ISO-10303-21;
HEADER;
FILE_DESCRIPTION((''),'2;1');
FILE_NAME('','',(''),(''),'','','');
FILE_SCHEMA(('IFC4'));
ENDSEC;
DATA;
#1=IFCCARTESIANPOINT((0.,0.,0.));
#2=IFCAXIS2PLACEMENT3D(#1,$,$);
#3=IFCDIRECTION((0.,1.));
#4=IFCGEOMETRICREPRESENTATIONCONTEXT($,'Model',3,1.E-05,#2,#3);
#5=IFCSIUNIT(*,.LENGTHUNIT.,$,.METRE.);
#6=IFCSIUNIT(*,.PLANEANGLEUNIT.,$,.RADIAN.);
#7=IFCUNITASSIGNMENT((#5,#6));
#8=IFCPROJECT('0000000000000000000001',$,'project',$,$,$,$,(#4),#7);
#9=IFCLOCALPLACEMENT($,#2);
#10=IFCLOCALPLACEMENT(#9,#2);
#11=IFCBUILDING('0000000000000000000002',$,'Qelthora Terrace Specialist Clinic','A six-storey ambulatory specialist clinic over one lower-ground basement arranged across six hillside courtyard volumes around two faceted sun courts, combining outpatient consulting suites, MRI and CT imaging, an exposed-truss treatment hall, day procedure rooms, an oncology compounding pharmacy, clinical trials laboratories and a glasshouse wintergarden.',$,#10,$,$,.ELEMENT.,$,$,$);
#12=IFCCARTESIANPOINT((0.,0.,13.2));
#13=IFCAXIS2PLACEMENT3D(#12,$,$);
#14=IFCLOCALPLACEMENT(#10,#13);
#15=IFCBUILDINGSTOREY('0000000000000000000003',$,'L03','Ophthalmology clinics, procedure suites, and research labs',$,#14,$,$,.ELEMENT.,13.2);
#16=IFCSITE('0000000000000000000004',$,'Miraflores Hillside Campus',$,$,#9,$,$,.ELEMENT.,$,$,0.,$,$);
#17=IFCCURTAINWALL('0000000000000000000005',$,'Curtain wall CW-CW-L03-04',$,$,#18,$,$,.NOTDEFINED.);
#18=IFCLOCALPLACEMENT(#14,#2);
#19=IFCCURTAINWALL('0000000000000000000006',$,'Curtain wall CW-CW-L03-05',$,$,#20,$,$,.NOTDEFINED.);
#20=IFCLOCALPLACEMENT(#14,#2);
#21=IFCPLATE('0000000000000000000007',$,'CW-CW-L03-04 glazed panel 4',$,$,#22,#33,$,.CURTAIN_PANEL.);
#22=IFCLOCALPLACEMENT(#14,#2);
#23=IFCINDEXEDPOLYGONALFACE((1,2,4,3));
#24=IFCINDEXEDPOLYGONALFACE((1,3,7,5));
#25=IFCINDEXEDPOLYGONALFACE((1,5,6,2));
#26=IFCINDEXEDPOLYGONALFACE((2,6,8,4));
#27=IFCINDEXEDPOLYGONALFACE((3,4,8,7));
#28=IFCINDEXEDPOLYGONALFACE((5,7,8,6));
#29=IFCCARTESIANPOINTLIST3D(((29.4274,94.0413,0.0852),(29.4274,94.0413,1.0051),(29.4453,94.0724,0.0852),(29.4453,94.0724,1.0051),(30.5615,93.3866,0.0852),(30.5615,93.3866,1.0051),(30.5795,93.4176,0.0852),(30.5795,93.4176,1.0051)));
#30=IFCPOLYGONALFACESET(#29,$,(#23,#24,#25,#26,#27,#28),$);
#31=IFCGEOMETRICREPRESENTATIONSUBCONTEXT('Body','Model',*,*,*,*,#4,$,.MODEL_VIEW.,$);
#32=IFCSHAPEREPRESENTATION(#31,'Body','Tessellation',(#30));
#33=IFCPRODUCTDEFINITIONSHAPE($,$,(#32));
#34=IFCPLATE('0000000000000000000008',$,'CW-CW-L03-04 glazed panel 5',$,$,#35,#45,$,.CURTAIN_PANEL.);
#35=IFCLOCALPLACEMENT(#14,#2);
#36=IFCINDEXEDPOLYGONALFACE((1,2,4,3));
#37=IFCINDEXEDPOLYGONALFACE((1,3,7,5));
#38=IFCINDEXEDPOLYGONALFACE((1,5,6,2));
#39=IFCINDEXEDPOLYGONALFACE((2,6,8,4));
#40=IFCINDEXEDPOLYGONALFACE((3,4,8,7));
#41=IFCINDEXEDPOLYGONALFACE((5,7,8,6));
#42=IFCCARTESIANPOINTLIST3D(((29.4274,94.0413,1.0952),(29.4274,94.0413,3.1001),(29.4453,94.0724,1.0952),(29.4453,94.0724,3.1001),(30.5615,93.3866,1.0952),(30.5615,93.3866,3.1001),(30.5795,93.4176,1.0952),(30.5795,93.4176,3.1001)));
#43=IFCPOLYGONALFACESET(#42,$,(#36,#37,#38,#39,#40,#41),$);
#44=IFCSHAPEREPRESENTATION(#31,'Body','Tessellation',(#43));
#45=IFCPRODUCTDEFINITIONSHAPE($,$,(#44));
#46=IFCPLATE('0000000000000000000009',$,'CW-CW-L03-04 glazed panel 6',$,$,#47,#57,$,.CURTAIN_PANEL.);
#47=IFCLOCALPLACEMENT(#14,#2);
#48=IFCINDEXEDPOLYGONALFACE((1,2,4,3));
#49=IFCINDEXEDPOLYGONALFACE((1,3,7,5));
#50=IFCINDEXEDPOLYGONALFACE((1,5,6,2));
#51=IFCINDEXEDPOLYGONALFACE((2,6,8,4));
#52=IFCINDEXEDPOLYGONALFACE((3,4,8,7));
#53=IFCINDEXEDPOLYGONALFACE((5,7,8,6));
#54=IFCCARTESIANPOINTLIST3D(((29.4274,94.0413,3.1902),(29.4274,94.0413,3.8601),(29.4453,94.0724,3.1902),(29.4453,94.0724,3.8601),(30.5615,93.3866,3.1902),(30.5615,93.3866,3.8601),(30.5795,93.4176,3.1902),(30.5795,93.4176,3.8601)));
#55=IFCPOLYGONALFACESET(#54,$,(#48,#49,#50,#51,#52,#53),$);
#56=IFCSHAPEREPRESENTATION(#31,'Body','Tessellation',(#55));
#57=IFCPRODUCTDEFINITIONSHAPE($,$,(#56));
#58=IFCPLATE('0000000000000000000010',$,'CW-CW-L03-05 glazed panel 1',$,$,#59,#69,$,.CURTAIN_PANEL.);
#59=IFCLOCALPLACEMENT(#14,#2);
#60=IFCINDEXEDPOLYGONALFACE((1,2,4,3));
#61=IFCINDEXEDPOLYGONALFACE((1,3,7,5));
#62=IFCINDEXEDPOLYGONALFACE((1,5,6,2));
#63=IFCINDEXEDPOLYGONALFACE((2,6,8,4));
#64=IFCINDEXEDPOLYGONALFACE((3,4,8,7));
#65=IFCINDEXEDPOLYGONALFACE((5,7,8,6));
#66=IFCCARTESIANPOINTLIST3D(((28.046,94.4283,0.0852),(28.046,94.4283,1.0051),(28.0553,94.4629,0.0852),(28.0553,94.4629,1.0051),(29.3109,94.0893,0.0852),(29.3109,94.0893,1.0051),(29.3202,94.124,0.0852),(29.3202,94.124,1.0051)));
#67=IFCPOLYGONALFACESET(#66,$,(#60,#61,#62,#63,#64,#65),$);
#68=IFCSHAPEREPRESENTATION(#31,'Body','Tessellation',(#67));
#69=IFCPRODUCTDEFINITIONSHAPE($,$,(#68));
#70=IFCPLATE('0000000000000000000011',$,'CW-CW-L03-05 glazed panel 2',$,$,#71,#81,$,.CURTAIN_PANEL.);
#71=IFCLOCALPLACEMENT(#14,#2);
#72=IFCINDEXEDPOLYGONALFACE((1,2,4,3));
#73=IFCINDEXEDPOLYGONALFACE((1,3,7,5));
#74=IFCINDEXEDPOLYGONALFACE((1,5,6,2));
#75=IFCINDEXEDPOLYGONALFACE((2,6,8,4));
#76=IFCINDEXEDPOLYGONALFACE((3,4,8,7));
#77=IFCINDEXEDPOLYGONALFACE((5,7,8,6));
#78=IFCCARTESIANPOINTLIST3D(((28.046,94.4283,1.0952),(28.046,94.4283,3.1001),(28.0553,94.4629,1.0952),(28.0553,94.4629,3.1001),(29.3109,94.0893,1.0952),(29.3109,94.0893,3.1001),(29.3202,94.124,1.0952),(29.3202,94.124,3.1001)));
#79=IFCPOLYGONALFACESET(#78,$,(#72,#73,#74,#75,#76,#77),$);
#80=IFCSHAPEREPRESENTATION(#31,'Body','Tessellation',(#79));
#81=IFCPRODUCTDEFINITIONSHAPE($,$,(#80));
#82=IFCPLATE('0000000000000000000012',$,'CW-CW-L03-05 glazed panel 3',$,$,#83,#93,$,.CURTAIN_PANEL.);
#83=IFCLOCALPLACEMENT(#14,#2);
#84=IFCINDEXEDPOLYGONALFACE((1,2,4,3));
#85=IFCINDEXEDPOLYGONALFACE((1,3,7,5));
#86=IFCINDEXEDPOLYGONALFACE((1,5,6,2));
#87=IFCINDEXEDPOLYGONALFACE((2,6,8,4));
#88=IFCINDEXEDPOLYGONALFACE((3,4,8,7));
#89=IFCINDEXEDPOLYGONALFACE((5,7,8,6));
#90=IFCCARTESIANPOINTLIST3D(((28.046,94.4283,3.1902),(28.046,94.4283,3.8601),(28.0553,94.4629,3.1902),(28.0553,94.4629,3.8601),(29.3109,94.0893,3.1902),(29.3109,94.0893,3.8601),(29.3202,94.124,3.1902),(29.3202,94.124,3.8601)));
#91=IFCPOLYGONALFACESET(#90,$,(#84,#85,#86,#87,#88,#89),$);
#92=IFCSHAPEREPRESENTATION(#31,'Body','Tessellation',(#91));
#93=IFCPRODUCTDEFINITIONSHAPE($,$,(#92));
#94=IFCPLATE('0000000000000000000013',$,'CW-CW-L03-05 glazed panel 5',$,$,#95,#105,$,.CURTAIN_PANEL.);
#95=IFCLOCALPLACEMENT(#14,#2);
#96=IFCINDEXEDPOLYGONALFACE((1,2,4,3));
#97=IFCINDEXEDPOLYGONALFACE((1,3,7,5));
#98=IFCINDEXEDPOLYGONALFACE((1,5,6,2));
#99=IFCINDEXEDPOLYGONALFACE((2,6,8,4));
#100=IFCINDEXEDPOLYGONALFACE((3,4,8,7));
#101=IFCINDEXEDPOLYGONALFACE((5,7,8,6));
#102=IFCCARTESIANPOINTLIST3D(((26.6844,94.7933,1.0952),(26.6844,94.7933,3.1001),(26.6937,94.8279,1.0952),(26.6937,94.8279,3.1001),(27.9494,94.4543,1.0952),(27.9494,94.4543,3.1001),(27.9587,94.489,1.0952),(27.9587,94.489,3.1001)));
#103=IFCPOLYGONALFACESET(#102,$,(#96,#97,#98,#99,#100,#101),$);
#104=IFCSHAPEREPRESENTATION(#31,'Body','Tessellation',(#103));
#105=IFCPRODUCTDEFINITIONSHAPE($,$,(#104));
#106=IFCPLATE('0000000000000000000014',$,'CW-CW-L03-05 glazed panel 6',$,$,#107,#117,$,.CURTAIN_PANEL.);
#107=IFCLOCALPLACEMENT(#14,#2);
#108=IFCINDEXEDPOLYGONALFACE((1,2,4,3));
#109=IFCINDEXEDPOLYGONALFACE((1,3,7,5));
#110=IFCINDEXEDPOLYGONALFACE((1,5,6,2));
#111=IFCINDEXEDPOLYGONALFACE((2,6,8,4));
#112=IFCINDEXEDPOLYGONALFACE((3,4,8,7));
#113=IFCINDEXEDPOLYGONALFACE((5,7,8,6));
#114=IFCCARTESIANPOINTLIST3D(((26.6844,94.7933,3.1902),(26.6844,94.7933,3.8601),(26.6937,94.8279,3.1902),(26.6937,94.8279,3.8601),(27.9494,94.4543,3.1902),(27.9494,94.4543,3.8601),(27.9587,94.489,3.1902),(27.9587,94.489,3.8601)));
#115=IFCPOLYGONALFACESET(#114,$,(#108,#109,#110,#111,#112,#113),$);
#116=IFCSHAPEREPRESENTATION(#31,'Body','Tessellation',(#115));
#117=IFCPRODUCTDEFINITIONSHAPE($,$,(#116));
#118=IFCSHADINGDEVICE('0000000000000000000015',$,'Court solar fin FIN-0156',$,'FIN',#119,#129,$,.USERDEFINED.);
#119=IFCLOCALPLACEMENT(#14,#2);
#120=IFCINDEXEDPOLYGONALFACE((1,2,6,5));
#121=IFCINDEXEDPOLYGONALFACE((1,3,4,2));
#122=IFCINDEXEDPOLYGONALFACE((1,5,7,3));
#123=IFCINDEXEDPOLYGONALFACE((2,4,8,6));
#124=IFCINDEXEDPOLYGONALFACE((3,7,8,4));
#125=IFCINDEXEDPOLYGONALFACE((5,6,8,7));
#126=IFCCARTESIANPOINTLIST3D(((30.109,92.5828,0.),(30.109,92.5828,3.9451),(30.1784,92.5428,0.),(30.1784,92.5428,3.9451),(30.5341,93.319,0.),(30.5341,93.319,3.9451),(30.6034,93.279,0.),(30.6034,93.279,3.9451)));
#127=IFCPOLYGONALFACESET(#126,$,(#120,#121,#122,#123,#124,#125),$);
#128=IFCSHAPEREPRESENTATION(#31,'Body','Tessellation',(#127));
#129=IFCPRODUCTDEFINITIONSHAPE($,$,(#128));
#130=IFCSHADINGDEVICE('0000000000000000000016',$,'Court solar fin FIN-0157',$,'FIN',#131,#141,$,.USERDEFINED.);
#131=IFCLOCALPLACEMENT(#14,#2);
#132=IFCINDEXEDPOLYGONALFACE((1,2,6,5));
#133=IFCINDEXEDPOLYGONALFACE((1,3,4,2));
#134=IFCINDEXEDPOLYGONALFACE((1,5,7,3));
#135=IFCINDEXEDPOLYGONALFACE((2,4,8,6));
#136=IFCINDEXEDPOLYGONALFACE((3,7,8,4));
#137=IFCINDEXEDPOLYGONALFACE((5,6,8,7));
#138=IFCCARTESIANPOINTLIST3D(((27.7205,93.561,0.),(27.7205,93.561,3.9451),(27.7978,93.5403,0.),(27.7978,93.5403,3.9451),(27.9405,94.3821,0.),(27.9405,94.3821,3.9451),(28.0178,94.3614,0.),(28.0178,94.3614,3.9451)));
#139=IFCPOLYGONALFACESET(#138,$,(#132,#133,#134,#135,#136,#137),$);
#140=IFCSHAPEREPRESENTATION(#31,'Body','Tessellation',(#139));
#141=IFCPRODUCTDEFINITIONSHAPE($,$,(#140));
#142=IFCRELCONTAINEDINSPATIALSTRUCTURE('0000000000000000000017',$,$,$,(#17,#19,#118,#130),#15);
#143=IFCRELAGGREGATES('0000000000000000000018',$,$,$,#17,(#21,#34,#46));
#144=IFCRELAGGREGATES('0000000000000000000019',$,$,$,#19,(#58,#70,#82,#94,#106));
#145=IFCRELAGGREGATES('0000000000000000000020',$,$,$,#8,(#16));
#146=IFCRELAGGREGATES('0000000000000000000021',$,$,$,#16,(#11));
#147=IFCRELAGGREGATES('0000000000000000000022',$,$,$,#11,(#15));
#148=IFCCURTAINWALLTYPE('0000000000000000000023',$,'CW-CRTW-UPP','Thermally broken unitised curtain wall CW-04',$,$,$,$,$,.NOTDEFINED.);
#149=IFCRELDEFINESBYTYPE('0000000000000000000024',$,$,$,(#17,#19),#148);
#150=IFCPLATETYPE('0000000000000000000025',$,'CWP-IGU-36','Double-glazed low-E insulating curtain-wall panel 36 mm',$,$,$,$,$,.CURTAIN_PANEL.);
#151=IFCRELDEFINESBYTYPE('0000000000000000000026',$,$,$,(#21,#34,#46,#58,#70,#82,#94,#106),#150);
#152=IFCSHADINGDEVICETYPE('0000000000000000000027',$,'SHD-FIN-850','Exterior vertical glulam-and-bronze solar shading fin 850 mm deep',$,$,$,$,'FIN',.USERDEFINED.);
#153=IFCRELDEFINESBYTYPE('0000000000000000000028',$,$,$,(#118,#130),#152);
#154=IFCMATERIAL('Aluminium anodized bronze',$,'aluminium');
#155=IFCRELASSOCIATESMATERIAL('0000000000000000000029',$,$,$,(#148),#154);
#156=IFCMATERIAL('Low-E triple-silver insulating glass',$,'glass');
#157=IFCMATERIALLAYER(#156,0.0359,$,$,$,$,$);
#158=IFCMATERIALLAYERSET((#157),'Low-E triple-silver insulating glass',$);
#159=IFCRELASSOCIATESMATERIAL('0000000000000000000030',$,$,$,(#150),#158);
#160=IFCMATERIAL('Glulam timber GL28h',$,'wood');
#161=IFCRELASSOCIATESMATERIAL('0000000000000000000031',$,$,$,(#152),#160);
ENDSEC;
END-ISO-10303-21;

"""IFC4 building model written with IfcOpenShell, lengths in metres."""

from ifc_helpers import new_model, si_unit, direction, frame, origin, origin_2d, place, context, subcontext, project, spatial, rectangle, extrude, material, layer, layer_set, type_object, element, aggregate, save


model = new_model("IFC4")

# Units and contexts
model_context = context("Model", 3, precision=1e-05, world=origin(), true_north=direction((0.0, 1.0)))
body_context = subcontext(model_context, "Body", "Model", "MODEL_VIEW")
ifc_project = project(units=[si_unit("LENGTHUNIT", "METRE"), si_unit("PLANEANGLEUNIT", "RADIAN")], contexts=[model_context])

# Site, building, storey
site_placement = place(None, origin())
site = spatial("IfcSite", under=ifc_project, at=site_placement, Name="Miraflores Hillside Campus", CompositionType="ELEMENT", RefElevation=0.0)
building_placement = place(site_placement, origin())
building = spatial("IfcBuilding", under=site, at=building_placement, Name="Qelthora Terrace Specialist Clinic", Description="A six-storey ambulatory specialist clinic over one lower-ground basement arranged across six hillside courtyard volumes around two faceted sun courts, combining outpatient consulting suites, MRI and CT imaging, an exposed-truss treatment hall, day procedure rooms, an oncology compounding pharmacy, clinical trials laboratories and a glasshouse wintergarden.", CompositionType="ELEMENT")
storey_placement = place(building_placement, frame((0.0, 0.0, 13.2)))
storey = spatial("IfcBuildingStorey", under=building, at=storey_placement, Name="L03", Description="Ophthalmology clinics, procedure suites, and research labs", CompositionType="ELEMENT", Elevation=13.2)

# Curtain walls
ifc_material_1 = material(Name="Aluminium anodized bronze", Category="aluminium")
curtain_wall_type = type_object("IfcCurtainWallType", Name="CW-CRTW-UPP", Description="Thermally broken unitised curtain wall CW-04", PredefinedType="NOTDEFINED", material=ifc_material_1)
curtain_wall_1_placement = place(storey_placement, origin())
curtain_wall_1 = element("IfcCurtainWall", 1, at=curtain_wall_1_placement, inside=storey, type_object=curtain_wall_type, Name="Curtain wall CW-CW-L03-04", PredefinedType="NOTDEFINED")
curtain_wall_2_placement = place(storey_placement, origin())
curtain_wall_2 = element("IfcCurtainWall", 2, at=curtain_wall_2_placement, inside=storey, type_object=curtain_wall_type, Name="Curtain wall CW-CW-L03-05", PredefinedType="NOTDEFINED")

# Plates
ifc_material_2 = material(Name="Low-E triple-silver insulating glass", Category="glass")
ifc_layer = layer(ifc_material_2, 0.0359)
ifc_layer_set = layer_set([ifc_layer], Name="Low-E triple-silver insulating glass")
plate_type = type_object("IfcPlateType", Name="CWP-IGU-36", Description="Double-glazed low-E insulating curtain-wall panel 36 mm", PredefinedType="CURTAIN_PANEL", material=ifc_layer_set)
plate_1_placement = place(storey_placement, frame((30.0034, 93.7295, 0.0852), z_axis=(0.0, 0.0, 1.0), x_axis=(-0.866025, 0.5, 0.0)))
plate_1 = element("IfcPlate", 3, at=plate_1_placement, type_object=plate_type, Name="CW-CW-L03-04 glazed panel 4", PredefinedType="CURTAIN_PANEL", context=body_context, shape_type="SweptSolid", body=[
    extrude(rectangle(XDim=1.3096, YDim=0.0359, at=origin_2d()), origin(), (0.0, 0.0, 1.0), 0.9199),
])
plate_2_placement = place(storey_placement, frame((30.0034, 93.7295, 1.0952), z_axis=(0.0, 0.0, 1.0), x_axis=(-0.866025, 0.5, 0.0)))
plate_2 = element("IfcPlate", 4, at=plate_2_placement, type_object=plate_type, Name="CW-CW-L03-04 glazed panel 5", PredefinedType="CURTAIN_PANEL", context=body_context, shape_type="SweptSolid", body=[
    extrude(rectangle(XDim=1.3096, YDim=0.0359, at=origin_2d()), origin(), (0.0, 0.0, 1.0), 2.0049),
])
plate_3_placement = place(storey_placement, frame((30.0034, 93.7295, 3.1902), z_axis=(0.0, 0.0, 1.0), x_axis=(-0.866025, 0.5, 0.0)))
plate_3 = element("IfcPlate", 5, at=plate_3_placement, type_object=plate_type, Name="CW-CW-L03-04 glazed panel 6", PredefinedType="CURTAIN_PANEL", context=body_context, shape_type="SweptSolid", body=[
    extrude(rectangle(XDim=1.3096, YDim=0.0359, at=origin_2d()), origin(), (0.0, 0.0, 1.0), 0.6699),
])
aggregate(curtain_wall_1, [plate_1, plate_2, plate_3])
plate_4_placement = place(storey_placement, frame((28.6831, 94.2761, 0.0852), z_axis=(0.0, 0.0, 1.0), x_axis=(-0.965925, 0.258821, 0.0)))
plate_4 = element("IfcPlate", 6, at=plate_4_placement, type_object=plate_type, Name="CW-CW-L03-05 glazed panel 1", PredefinedType="CURTAIN_PANEL", context=body_context, shape_type="SweptSolid", body=[
    extrude(rectangle(XDim=1.3096, YDim=0.0359, at=origin_2d()), origin(), (0.0, 0.0, 1.0), 0.9199),
])
plate_5_placement = place(storey_placement, frame((28.6831, 94.2761, 1.0952), z_axis=(0.0, 0.0, 1.0), x_axis=(-0.965925, 0.258821, 0.0)))
plate_5 = element("IfcPlate", 7, at=plate_5_placement, type_object=plate_type, Name="CW-CW-L03-05 glazed panel 2", PredefinedType="CURTAIN_PANEL", context=body_context, shape_type="SweptSolid", body=[
    extrude(rectangle(XDim=1.3096, YDim=0.0359, at=origin_2d()), origin(), (0.0, 0.0, 1.0), 2.0049),
])
plate_6_placement = place(storey_placement, frame((28.6831, 94.2761, 3.1902), z_axis=(0.0, 0.0, 1.0), x_axis=(-0.965925, 0.258821, 0.0)))
plate_6 = element("IfcPlate", 8, at=plate_6_placement, type_object=plate_type, Name="CW-CW-L03-05 glazed panel 3", PredefinedType="CURTAIN_PANEL", context=body_context, shape_type="SweptSolid", body=[
    extrude(rectangle(XDim=1.3096, YDim=0.0359, at=origin_2d()), origin(), (0.0, 0.0, 1.0), 0.6699),
])
plate_7_placement = place(storey_placement, frame((27.3215, 94.6411, 1.0952), z_axis=(0.0, 0.0, 1.0), x_axis=(-0.965925, 0.258821, 0.0)))
plate_7 = element("IfcPlate", 9, at=plate_7_placement, type_object=plate_type, Name="CW-CW-L03-05 glazed panel 5", PredefinedType="CURTAIN_PANEL", context=body_context, shape_type="SweptSolid", body=[
    extrude(rectangle(XDim=1.3096, YDim=0.0359, at=origin_2d()), origin(), (0.0, 0.0, 1.0), 2.0049),
])
plate_8_placement = place(storey_placement, frame((27.3215, 94.6411, 3.1902), z_axis=(0.0, 0.0, 1.0), x_axis=(-0.965925, 0.258821, 0.0)))
plate_8 = element("IfcPlate", 10, at=plate_8_placement, type_object=plate_type, Name="CW-CW-L03-05 glazed panel 6", PredefinedType="CURTAIN_PANEL", context=body_context, shape_type="SweptSolid", body=[
    extrude(rectangle(XDim=1.3096, YDim=0.0359, at=origin_2d()), origin(), (0.0, 0.0, 1.0), 0.6699),
])
aggregate(curtain_wall_2, [plate_4, plate_5, plate_6, plate_7, plate_8])

# Shading devices
ifc_material_3 = material(Name="Glulam timber GL28h", Category="wood")
shading_device_type = type_object("IfcShadingDeviceType", Name="SHD-FIN-850", Description="Exterior vertical glulam-and-bronze solar shading fin 850 mm deep", ElementType="FIN", PredefinedType="USERDEFINED", material=ifc_material_3)
for number, where, z_axis, x_axis, name in (
    (11, (30.3562, 92.9309, 0.0), (0.0, 0.0, 1.0), (-0.5, -0.866025, 0.0), "Court solar fin FIN-0156"),
    (12, (27.8691, 93.9612, 0.0), (0.0, 0.0, 1.0), (-0.258819, -0.965926, 0.0), "Court solar fin FIN-0157"),
):
    element("IfcShadingDevice", number, at=place(storey_placement, frame(where, z_axis=z_axis, x_axis=x_axis)), inside=storey, type_object=shading_device_type, Name=name, ObjectType="FIN", PredefinedType="USERDEFINED", context=body_context, shape_type="SweptSolid", body=[
        extrude(rectangle(XDim=0.8501, YDim=0.0801, at=origin_2d()), origin(), (0.0, 0.0, 1.0), 3.9451),
    ])

save(model, "model.ifc")
